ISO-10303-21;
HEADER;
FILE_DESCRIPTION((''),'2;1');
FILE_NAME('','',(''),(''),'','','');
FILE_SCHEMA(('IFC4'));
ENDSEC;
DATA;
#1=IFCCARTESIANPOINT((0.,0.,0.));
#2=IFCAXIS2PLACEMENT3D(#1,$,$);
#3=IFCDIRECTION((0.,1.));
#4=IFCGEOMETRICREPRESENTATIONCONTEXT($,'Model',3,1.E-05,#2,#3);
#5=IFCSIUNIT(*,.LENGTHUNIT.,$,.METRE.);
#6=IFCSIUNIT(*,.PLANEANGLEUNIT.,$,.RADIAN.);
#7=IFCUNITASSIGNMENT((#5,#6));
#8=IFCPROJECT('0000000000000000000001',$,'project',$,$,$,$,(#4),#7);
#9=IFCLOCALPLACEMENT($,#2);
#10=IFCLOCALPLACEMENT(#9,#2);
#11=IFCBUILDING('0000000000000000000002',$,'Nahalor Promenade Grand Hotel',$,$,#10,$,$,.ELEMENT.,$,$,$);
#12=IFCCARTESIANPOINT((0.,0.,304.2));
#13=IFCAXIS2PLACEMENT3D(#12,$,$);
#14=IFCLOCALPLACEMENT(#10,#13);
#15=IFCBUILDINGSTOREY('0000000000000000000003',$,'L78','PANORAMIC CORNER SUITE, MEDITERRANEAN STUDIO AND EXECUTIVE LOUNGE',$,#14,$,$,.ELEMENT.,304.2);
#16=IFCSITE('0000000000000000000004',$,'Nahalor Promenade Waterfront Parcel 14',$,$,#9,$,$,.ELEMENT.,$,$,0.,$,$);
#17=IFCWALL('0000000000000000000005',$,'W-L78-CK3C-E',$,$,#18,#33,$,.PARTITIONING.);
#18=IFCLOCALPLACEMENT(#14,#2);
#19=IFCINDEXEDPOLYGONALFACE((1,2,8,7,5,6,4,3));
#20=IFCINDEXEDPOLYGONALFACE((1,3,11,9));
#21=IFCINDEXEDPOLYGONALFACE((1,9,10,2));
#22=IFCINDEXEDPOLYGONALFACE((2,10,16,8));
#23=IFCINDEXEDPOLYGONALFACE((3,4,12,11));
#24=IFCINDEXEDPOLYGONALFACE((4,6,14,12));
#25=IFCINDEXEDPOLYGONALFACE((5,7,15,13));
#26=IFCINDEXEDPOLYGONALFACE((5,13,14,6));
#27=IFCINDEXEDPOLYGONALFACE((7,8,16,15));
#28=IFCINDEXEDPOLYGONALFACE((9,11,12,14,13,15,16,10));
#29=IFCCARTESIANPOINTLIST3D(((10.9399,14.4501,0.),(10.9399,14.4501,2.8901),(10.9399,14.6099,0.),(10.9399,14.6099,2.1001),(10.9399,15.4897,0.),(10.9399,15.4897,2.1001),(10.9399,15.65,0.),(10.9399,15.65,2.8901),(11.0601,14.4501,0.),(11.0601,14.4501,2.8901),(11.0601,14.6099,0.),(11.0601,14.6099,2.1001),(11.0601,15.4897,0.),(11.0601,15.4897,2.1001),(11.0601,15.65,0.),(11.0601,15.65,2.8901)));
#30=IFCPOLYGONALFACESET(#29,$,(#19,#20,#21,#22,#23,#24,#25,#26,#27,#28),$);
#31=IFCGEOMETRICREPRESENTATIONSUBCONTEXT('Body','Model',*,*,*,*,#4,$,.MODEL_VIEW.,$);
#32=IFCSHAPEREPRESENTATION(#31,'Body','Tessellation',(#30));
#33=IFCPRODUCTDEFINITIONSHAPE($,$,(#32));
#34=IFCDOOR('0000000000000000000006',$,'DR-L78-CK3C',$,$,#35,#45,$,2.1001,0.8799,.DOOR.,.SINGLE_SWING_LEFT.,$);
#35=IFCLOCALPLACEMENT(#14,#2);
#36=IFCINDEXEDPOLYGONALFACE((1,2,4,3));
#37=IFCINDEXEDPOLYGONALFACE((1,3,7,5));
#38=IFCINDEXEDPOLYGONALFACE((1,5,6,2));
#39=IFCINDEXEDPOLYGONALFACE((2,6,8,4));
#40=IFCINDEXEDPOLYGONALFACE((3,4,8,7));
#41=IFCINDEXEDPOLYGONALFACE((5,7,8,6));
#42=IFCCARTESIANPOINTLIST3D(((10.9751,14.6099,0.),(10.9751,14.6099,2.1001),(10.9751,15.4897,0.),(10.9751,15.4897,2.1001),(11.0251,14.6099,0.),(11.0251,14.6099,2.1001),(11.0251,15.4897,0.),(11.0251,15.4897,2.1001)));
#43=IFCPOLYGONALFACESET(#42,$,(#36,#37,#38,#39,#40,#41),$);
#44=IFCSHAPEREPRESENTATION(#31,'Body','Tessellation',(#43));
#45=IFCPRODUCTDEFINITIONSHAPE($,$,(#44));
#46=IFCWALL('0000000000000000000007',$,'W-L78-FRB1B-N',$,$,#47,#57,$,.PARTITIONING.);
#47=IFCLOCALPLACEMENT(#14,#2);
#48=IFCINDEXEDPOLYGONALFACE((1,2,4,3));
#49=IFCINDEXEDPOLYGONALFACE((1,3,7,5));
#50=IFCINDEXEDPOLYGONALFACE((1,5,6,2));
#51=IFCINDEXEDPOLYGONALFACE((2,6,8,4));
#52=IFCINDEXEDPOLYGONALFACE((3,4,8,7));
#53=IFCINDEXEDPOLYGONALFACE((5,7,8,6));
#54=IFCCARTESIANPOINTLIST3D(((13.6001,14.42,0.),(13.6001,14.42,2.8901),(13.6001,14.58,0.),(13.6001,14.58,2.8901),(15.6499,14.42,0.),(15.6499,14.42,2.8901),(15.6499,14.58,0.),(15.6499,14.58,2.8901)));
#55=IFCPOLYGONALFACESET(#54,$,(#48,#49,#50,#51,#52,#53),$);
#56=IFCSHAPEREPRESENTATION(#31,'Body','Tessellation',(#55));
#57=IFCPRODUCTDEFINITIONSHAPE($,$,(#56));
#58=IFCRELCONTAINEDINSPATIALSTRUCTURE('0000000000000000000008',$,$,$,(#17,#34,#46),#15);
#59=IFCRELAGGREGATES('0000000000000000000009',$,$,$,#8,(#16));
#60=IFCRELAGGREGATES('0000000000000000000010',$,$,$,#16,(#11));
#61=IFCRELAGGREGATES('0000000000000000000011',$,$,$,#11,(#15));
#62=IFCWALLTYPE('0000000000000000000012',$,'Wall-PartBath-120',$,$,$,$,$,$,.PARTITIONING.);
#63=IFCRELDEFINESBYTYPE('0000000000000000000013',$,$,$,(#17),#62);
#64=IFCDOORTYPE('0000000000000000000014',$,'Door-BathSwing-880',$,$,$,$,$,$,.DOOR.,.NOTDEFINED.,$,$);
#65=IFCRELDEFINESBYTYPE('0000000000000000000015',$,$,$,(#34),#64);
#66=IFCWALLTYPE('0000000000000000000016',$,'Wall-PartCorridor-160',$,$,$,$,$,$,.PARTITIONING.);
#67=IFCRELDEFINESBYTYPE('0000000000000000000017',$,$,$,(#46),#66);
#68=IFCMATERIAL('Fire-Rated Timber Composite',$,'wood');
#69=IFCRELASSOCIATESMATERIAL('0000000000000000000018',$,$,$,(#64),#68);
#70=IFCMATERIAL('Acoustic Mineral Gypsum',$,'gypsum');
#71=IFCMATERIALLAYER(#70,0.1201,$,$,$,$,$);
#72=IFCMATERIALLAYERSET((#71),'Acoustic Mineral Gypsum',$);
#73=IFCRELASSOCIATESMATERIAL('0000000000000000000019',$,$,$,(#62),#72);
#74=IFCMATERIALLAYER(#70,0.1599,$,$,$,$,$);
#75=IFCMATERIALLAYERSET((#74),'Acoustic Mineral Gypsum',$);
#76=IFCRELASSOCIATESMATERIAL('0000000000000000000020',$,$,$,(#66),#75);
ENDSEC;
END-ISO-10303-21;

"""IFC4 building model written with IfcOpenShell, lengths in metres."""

from ifc_helpers import new_model, si_unit, direction, frame, frame_2d, origin, place, context, subcontext, project, spatial, rectangle, extrude, source, transform, mapped, material, layer, layer_set, type_object, element, fill, save


model = new_model("IFC4")

# Units and contexts
model_context = context("Model", 3, precision=1e-05, world=origin(), true_north=direction((0.0, 1.0)))
body_context = subcontext(model_context, "Body", "Model", "MODEL_VIEW")
ifc_project = project(units=[si_unit("LENGTHUNIT", "METRE"), si_unit("PLANEANGLEUNIT", "RADIAN")], contexts=[model_context])

# Site, building, storey
site_placement = place(None, origin())
site = spatial("IfcSite", under=ifc_project, at=site_placement, Name="Nahalor Promenade Waterfront Parcel 14", CompositionType="ELEMENT", RefElevation=0.0)
building_placement = place(site_placement, origin())
building = spatial("IfcBuilding", under=site, at=building_placement, Name="Nahalor Promenade Grand Hotel", CompositionType="ELEMENT")
storey_placement = place(building_placement, frame((0.0, 0.0, 304.2)))
storey = spatial("IfcBuildingStorey", under=building, at=storey_placement, Name="L78", Description="PANORAMIC CORNER SUITE, MEDITERRANEAN STUDIO AND EXECUTIVE LOUNGE", CompositionType="ELEMENT", Elevation=304.2)

# Wall, opening, door
ifc_material_1 = material(Name="Acoustic Mineral Gypsum", Category="gypsum")
ifc_material_2 = material(Name="Fire-Rated Timber Composite", Category="wood")
door_type_1 = type_object("IfcDoorType", Name="Door-BathSwing-880", OperationType="NOTDEFINED", PredefinedType="DOOR", material=ifc_material_2)
shared_shape_1 = source(origin(), body_context, "Body", "SweptSolid", [
    extrude(rectangle(XDim=0.8799, YDim=2.1001, at=frame_2d((0.4399, 1.05))), frame((0.0, 0.0249, 0.0), z_axis=(0.0, -1.0, 0.0), x_axis=(1.0, 0.0, 0.0)), (0.0, 0.0, 1.0), 0.05),
])
ifc_layer_1 = layer(ifc_material_1, 0.1201)
ifc_layer_set_1 = layer_set([ifc_layer_1], Name="Acoustic Mineral Gypsum")
wall_type_1 = type_object("IfcWallType", Name="Wall-PartBath-120", PredefinedType="PARTITIONING", material=ifc_layer_set_1)
shared_shape_2 = source(origin(), body_context, "Body", "SweptSolid", [
    extrude(rectangle(XDim=1.2, YDim=0.1201, at=frame_2d((0.6001, 0.0))), origin(), (0.0, 0.0, 1.0), 2.8901),
])
wall_1_placement = place(storey_placement, frame((11.0, 14.45, 0.0), z_axis=(0.0, 0.0, 1.0), x_axis=(0.0, 1.0, 0.0)))
wall_1 = element("IfcWall", 1, at=wall_1_placement, inside=storey, type_object=wall_type_1, Name="W-L78-CK3C-E", PredefinedType="PARTITIONING", context=body_context, shape_type="MappedRepresentation", body=[
    mapped(shared_shape_2, transform((0.0, 0.0, 0.0), scale=1.0)),
])
opening_1_placement = place(wall_1_placement, frame((0.1599, 0.0, 0.0)))
opening_1 = element("IfcOpeningElement", 2, at=opening_1_placement, cuts=wall_1, PredefinedType="OPENING", context=body_context, shape_type="SweptSolid", body=[
    extrude(rectangle(XDim=0.8799, YDim=2.1001, at=frame_2d((0.4399, 1.05))), frame((0.0, 0.0701, 0.0), z_axis=(0.0, -1.0, 0.0), x_axis=(1.0, 0.0, 0.0)), (0.0, 0.0, 1.0), 0.1401),
])
door_1_placement = place(opening_1_placement, origin())
door_1 = element("IfcDoor", 3, at=door_1_placement, inside=storey, type_object=door_type_1, Name="DR-L78-CK3C", OperationType="SINGLE_SWING_LEFT", OverallHeight=2.1001, OverallWidth=0.8799, PredefinedType="DOOR", context=body_context, shape_type="MappedRepresentation", body=[
    mapped(shared_shape_1, transform((0.0, 0.0, 0.0), scale=1.0)),
])
fill(opening_1, door_1)

# Wall
ifc_layer_2 = layer(ifc_material_1, 0.1599)
ifc_layer_set_2 = layer_set([ifc_layer_2], Name="Acoustic Mineral Gypsum")
wall_type_2 = type_object("IfcWallType", Name="Wall-PartCorridor-160", PredefinedType="PARTITIONING", material=ifc_layer_set_2)
shared_shape_3 = source(origin(), body_context, "Body", "SweptSolid", [
    extrude(rectangle(XDim=2.0498, YDim=0.1599, at=frame_2d((1.0249, 0.0))), origin(), (0.0, 0.0, 1.0), 2.8901),
])
wall_2_placement = place(storey_placement, frame((13.6001, 14.5, 0.0), z_axis=(0.0, 0.0, 1.0), x_axis=(1.0, 0.0, 0.0)))
element("IfcWall", 4, at=wall_2_placement, inside=storey, type_object=wall_type_2, Name="W-L78-FRB1B-N", PredefinedType="PARTITIONING", context=body_context, shape_type="MappedRepresentation", body=[
    mapped(shared_shape_3, transform((0.0, 0.0, 0.0), scale=1.0)),
])

save(model, "model.ifc")
